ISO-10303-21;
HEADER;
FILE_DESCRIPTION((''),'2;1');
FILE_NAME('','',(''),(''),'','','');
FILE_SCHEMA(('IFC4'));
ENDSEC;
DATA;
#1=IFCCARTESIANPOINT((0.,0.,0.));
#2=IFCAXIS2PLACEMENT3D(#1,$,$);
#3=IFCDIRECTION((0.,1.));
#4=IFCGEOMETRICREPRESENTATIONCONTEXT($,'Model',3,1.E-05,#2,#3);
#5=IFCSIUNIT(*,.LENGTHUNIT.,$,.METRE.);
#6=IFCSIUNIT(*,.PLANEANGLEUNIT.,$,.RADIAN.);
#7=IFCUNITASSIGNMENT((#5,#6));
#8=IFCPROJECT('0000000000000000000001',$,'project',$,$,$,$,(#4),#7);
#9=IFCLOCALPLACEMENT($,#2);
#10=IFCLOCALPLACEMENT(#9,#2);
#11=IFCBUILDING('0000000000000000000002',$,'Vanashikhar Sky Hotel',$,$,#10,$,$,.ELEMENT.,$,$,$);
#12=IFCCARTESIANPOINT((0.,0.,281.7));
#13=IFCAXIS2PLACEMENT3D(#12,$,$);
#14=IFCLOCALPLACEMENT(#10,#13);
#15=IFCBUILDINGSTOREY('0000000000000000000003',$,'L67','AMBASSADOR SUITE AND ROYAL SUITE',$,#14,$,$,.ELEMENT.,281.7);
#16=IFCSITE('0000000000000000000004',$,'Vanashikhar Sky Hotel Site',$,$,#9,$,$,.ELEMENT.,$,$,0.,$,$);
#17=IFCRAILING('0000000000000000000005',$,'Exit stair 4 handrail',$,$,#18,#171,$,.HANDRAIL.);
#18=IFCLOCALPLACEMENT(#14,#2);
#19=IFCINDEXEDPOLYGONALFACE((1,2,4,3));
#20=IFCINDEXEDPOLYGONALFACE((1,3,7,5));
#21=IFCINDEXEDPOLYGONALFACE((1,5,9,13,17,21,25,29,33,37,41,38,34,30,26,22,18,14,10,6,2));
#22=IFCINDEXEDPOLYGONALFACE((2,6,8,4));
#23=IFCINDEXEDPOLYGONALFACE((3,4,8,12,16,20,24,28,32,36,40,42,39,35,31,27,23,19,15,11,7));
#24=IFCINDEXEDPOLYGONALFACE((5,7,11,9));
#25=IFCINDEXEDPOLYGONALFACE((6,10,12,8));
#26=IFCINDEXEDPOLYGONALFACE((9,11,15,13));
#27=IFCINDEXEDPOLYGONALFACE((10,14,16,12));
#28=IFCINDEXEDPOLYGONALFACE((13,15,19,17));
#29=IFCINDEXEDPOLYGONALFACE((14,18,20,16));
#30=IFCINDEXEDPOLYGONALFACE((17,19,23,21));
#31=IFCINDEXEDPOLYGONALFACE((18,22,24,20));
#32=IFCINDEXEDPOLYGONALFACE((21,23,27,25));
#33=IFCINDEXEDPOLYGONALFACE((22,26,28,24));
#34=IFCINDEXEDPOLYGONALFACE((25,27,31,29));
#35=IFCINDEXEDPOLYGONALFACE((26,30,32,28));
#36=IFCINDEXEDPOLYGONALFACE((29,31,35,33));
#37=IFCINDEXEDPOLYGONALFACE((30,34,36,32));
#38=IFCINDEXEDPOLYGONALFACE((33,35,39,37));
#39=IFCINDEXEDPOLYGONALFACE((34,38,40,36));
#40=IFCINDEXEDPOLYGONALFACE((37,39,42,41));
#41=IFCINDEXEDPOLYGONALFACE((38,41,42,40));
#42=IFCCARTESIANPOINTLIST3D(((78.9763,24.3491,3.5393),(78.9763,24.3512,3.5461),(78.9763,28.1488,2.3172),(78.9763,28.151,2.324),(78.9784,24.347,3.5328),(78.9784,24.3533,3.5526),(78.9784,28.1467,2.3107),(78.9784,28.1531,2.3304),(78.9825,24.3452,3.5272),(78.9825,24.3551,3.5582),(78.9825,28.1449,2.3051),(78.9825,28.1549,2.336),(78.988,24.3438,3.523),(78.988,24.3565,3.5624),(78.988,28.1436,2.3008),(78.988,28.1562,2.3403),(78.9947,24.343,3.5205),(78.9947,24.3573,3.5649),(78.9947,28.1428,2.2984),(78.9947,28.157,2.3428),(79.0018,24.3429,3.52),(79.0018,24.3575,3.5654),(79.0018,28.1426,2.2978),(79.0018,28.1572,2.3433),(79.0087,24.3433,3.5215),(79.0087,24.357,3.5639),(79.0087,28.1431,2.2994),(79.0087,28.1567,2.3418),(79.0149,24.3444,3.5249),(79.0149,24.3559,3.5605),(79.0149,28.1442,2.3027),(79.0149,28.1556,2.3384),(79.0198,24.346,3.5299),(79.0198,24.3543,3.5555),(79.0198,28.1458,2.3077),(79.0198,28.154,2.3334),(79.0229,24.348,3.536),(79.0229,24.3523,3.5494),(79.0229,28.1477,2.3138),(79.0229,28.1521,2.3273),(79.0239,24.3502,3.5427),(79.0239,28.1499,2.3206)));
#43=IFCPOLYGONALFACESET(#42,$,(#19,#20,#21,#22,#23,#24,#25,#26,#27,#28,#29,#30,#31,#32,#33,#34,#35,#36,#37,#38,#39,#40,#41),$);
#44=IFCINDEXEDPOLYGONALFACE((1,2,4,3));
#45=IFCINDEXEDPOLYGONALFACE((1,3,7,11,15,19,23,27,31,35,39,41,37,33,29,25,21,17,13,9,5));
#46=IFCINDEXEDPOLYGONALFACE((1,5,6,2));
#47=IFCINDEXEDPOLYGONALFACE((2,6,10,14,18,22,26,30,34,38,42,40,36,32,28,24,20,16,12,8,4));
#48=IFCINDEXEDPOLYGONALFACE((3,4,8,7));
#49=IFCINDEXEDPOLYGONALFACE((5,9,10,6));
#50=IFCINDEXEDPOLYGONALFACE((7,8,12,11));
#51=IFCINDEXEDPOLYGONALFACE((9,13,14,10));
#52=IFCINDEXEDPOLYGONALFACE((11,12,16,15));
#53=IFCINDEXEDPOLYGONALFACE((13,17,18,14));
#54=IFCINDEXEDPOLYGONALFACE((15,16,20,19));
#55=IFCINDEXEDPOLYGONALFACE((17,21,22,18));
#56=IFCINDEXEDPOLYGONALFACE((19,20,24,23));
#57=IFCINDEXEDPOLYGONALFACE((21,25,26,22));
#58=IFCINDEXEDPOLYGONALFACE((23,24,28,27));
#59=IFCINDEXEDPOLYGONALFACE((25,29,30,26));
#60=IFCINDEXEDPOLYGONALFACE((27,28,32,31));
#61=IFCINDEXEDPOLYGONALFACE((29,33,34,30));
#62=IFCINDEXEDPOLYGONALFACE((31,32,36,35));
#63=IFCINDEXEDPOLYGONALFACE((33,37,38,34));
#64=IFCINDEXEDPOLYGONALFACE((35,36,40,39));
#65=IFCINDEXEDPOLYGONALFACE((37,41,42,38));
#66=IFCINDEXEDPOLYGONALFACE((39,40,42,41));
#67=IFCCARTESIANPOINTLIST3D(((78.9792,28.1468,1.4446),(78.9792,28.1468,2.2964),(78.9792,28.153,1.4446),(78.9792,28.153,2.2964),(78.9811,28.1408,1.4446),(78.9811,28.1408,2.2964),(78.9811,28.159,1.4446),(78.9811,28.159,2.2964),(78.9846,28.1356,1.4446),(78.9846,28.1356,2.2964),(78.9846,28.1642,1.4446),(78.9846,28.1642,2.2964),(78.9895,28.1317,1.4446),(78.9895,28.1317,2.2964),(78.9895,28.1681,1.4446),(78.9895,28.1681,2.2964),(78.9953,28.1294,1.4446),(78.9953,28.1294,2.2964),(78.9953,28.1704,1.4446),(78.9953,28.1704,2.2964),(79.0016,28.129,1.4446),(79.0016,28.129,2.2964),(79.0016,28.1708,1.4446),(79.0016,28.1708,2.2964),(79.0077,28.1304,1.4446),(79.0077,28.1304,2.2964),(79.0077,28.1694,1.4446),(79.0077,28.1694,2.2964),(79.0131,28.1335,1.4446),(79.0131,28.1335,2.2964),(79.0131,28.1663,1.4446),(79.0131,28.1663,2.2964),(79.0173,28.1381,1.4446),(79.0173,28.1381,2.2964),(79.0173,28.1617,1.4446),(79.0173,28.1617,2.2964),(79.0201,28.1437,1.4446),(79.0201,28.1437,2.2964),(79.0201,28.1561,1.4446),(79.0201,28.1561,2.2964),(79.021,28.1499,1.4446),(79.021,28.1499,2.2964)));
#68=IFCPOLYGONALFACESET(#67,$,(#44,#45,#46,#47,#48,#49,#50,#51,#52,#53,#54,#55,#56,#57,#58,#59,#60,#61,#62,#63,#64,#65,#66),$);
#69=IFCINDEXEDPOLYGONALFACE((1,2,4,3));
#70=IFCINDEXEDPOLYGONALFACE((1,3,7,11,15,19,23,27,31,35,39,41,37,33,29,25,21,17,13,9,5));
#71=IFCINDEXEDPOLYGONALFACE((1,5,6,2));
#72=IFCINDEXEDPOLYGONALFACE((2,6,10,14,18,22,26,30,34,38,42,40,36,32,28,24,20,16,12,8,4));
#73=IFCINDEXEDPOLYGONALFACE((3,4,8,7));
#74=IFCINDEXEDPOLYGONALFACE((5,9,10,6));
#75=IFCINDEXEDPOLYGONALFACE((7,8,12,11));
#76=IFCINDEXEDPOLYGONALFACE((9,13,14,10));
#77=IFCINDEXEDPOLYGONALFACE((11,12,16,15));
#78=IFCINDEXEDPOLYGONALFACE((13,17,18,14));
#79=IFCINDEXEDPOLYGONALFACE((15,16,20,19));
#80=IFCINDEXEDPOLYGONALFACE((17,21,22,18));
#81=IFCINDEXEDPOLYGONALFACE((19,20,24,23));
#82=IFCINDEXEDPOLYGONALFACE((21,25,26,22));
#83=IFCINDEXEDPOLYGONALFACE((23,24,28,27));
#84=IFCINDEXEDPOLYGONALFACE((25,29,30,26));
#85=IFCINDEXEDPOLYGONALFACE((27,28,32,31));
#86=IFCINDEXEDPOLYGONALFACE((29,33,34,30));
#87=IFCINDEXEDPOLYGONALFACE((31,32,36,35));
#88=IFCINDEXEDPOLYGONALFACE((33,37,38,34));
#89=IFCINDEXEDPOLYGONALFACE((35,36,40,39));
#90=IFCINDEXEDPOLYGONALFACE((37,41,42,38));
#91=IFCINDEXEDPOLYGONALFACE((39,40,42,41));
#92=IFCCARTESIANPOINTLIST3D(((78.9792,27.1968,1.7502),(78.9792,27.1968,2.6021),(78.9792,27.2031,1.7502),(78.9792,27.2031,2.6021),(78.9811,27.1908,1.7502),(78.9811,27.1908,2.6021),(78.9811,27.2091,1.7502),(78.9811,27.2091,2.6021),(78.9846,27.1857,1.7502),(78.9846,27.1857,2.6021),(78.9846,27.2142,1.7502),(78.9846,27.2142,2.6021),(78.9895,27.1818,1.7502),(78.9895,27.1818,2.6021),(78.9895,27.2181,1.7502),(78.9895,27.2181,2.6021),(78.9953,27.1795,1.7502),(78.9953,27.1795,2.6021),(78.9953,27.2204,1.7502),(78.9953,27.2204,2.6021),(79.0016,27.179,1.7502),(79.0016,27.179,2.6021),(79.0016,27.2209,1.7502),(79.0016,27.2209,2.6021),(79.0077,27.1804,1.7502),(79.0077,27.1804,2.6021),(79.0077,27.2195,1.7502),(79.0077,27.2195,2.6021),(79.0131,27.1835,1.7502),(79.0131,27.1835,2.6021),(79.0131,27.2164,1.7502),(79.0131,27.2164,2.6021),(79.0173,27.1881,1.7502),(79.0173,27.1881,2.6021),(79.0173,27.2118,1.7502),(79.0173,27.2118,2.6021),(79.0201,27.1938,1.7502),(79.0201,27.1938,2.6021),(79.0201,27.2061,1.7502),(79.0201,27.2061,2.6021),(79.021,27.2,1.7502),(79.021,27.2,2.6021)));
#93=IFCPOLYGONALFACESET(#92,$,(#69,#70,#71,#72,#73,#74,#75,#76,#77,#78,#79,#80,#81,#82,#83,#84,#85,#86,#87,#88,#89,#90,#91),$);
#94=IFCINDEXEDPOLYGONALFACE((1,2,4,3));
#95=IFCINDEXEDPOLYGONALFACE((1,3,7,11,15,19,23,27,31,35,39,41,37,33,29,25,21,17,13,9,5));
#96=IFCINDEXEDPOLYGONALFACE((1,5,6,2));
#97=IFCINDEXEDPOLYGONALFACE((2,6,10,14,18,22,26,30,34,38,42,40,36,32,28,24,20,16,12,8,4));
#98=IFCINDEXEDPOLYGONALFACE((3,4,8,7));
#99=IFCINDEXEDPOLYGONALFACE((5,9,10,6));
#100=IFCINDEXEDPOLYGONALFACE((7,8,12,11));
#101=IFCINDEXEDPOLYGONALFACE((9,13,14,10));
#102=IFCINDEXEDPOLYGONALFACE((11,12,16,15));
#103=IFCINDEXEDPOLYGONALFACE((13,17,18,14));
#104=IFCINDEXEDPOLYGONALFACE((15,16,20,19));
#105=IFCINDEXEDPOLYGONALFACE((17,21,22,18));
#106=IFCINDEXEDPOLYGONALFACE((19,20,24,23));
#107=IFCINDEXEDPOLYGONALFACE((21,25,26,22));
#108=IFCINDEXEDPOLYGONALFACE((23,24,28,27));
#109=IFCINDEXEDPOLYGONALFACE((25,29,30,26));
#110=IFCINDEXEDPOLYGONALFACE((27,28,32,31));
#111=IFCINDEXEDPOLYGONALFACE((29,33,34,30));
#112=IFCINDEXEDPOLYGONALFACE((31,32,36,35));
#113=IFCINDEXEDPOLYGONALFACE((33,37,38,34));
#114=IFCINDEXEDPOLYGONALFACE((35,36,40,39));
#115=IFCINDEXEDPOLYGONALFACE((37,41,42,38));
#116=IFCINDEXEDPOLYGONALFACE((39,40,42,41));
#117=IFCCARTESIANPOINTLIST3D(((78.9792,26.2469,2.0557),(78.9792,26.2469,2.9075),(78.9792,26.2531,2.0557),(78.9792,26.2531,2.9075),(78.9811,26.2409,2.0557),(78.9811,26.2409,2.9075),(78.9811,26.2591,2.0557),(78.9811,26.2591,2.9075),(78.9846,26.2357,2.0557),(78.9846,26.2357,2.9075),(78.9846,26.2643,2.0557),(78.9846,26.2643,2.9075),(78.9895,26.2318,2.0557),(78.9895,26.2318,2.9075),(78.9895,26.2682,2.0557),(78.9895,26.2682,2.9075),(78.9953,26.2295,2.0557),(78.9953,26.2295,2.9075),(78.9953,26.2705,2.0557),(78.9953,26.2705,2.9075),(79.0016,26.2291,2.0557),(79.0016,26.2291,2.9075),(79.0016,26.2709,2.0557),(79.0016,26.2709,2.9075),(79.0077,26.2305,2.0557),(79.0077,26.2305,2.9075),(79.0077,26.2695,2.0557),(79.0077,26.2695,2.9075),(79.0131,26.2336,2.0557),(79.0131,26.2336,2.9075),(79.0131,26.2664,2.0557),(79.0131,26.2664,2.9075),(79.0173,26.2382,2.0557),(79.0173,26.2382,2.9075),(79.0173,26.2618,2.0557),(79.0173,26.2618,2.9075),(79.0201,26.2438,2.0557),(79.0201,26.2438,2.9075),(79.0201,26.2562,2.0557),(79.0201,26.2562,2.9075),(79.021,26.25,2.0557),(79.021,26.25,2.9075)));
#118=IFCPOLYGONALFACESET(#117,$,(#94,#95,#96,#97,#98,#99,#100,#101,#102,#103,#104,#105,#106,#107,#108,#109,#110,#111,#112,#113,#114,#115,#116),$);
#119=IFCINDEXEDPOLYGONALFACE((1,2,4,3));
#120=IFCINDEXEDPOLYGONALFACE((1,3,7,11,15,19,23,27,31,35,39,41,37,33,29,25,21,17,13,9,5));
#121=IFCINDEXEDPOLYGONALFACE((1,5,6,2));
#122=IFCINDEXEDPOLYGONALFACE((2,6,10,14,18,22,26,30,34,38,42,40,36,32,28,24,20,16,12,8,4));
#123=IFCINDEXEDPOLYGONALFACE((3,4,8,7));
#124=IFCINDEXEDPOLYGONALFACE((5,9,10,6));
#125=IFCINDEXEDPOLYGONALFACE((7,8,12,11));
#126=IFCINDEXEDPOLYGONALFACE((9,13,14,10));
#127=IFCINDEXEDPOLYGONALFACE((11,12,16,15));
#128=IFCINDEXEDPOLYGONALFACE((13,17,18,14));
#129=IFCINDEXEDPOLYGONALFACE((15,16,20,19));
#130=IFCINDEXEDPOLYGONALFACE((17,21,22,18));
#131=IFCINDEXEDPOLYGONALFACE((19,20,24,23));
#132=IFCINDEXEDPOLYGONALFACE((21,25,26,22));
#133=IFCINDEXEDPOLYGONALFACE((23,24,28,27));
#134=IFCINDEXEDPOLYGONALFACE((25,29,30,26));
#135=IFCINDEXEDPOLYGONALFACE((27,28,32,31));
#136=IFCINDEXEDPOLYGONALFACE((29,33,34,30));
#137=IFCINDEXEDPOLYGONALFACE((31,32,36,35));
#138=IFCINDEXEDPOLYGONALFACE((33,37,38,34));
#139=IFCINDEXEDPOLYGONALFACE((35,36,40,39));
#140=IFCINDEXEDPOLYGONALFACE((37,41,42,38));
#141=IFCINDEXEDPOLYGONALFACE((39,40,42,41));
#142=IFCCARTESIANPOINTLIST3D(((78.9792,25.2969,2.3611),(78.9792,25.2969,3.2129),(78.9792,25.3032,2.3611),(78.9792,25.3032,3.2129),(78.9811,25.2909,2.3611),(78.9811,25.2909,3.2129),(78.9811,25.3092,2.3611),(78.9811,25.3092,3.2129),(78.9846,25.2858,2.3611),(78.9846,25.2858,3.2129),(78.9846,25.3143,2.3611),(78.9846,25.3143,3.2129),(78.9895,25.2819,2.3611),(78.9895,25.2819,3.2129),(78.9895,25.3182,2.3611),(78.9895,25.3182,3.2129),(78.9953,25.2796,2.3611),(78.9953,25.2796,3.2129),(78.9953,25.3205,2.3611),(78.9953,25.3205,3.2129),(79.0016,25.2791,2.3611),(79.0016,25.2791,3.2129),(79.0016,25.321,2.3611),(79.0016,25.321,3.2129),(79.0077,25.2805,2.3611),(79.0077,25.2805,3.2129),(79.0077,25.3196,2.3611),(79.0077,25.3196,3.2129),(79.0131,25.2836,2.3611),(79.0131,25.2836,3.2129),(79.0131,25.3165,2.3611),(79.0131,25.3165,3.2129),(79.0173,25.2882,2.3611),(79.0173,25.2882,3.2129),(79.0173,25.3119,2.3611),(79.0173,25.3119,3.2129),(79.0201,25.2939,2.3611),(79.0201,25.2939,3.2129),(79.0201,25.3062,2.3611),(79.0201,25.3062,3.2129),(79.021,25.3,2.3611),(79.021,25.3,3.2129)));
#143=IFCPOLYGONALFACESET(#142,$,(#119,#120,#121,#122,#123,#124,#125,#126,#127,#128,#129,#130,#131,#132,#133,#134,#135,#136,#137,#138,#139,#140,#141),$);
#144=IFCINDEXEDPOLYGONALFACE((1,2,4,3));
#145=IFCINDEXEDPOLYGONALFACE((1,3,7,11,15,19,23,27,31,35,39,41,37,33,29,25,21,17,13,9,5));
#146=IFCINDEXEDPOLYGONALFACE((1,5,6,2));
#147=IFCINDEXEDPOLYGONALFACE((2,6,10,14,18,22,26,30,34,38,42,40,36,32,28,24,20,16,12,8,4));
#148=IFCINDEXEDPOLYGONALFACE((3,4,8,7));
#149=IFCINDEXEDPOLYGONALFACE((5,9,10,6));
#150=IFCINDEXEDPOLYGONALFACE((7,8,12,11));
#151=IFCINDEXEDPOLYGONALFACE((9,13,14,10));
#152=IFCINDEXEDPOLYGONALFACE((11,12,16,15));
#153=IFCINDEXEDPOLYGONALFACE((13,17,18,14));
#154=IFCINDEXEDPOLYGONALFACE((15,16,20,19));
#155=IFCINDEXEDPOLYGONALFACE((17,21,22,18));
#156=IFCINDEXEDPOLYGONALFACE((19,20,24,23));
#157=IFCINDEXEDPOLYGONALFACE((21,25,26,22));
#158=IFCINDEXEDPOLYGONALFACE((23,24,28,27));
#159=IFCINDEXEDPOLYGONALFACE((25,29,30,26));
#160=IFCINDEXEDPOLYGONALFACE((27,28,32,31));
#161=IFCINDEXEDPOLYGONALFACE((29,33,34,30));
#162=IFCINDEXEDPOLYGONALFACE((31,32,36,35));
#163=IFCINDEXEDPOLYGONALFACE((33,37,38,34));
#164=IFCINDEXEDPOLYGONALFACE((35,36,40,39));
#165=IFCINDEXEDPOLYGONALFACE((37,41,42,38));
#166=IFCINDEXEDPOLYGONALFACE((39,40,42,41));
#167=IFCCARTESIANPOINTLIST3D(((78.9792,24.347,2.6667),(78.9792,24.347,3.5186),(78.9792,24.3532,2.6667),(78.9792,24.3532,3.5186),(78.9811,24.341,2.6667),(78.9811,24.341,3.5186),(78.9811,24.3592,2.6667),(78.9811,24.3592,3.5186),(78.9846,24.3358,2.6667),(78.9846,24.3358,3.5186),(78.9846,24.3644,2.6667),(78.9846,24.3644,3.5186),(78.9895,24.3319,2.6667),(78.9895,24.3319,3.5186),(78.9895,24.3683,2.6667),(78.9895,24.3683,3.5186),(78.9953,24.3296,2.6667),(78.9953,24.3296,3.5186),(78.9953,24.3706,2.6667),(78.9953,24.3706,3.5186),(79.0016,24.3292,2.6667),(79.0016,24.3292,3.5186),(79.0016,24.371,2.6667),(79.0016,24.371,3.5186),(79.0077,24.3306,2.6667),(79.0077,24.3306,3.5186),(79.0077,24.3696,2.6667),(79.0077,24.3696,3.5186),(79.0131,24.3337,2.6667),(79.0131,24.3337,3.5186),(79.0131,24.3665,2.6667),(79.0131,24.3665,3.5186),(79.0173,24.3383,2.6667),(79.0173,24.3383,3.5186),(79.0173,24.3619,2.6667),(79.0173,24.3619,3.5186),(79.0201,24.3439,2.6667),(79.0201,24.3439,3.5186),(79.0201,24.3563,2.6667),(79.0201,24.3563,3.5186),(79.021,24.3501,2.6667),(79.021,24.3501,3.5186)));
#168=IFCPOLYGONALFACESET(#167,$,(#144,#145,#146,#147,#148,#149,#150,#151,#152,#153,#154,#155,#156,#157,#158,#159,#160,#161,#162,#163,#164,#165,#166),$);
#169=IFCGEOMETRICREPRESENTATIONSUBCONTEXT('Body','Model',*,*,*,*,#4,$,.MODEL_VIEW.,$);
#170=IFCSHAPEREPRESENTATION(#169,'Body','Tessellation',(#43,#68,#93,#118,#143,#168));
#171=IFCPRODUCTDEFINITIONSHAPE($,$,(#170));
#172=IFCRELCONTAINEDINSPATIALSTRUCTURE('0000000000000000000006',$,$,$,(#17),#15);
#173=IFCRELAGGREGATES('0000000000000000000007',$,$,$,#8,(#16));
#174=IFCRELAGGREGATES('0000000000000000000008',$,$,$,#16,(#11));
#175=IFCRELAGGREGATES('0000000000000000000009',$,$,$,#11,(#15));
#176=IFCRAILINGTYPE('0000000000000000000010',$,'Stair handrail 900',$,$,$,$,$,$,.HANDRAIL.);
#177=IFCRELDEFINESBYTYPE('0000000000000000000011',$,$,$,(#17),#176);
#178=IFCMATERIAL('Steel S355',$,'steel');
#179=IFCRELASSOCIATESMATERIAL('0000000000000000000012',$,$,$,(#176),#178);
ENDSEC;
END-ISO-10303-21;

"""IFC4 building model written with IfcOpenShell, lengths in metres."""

from ifc_helpers import new_model, si_unit, direction, frame, origin, origin_2d, place, context, subcontext, project, spatial, circle, extrude, source, transform, mapped, material, type_object, element, save


model = new_model("IFC4")

# Units and contexts
model_context = context("Model", 3, precision=1e-05, world=origin(), true_north=direction((0.0, 1.0)))
body_context = subcontext(model_context, "Body", "Model", "MODEL_VIEW")
ifc_project = project(units=[si_unit("LENGTHUNIT", "METRE"), si_unit("PLANEANGLEUNIT", "RADIAN")], contexts=[model_context])

# Site, building, storey
site_placement = place(None, origin())
site = spatial("IfcSite", under=ifc_project, at=site_placement, Name="Vanashikhar Sky Hotel Site", CompositionType="ELEMENT", RefElevation=0.0)
building_placement = place(site_placement, origin())
building = spatial("IfcBuilding", under=site, at=building_placement, Name="Vanashikhar Sky Hotel", CompositionType="ELEMENT")
storey_placement = place(building_placement, frame((0.0, 0.0, 281.7)))
storey = spatial("IfcBuildingStorey", under=building, at=storey_placement, Name="L67", Description="AMBASSADOR SUITE AND ROYAL SUITE", CompositionType="ELEMENT", Elevation=281.7)

# Railing
ifc_material_1 = material(Name="Steel S355", Category="steel")
railing_type_1 = type_object("IfcRailingType", Name="Stair handrail 900", PredefinedType="HANDRAIL", material=ifc_material_1)
shared_shape_1 = source(origin(), body_context, "Body", "SweptSolid", [
    extrude(circle(Radius=0.0239, at=origin_2d()), frame((0.0, 0.0, 0.876), z_axis=(0.0, -0.95197, 0.306191), x_axis=(1.0, 0.0, 0.0)), (0.0, 0.0, 1.0), 3.9915),
    extrude(circle(Radius=0.021, at=origin_2d()), origin(), (0.0, 0.0, 1.0), 0.8518),
    extrude(circle(Radius=0.021, at=origin_2d()), frame((0.0, -0.95, 0.3057)), (0.0, 0.0, 1.0), 0.8518),
    extrude(circle(Radius=0.021, at=origin_2d()), frame((0.0, -1.8999, 0.6111)), (0.0, 0.0, 1.0), 0.8518),
    extrude(circle(Radius=0.021, at=origin_2d()), frame((0.0, -2.8499, 0.9165)), (0.0, 0.0, 1.0), 0.8518),
    extrude(circle(Radius=0.021, at=origin_2d()), frame((0.0, -3.7998, 1.2222)), (0.0, 0.0, 1.0), 0.8518),
])
railing_1_placement = place(storey_placement, frame((79.0, 28.1499, 1.4446)))
element("IfcRailing", 1, at=railing_1_placement, inside=storey, type_object=railing_type_1, Name="Exit stair 4 handrail", PredefinedType="HANDRAIL", context=body_context, shape_type="MappedRepresentation", body=[
    mapped(shared_shape_1, transform((0.0, 0.0, 0.0), scale=1.0)),
])

save(model, "model.ifc")
